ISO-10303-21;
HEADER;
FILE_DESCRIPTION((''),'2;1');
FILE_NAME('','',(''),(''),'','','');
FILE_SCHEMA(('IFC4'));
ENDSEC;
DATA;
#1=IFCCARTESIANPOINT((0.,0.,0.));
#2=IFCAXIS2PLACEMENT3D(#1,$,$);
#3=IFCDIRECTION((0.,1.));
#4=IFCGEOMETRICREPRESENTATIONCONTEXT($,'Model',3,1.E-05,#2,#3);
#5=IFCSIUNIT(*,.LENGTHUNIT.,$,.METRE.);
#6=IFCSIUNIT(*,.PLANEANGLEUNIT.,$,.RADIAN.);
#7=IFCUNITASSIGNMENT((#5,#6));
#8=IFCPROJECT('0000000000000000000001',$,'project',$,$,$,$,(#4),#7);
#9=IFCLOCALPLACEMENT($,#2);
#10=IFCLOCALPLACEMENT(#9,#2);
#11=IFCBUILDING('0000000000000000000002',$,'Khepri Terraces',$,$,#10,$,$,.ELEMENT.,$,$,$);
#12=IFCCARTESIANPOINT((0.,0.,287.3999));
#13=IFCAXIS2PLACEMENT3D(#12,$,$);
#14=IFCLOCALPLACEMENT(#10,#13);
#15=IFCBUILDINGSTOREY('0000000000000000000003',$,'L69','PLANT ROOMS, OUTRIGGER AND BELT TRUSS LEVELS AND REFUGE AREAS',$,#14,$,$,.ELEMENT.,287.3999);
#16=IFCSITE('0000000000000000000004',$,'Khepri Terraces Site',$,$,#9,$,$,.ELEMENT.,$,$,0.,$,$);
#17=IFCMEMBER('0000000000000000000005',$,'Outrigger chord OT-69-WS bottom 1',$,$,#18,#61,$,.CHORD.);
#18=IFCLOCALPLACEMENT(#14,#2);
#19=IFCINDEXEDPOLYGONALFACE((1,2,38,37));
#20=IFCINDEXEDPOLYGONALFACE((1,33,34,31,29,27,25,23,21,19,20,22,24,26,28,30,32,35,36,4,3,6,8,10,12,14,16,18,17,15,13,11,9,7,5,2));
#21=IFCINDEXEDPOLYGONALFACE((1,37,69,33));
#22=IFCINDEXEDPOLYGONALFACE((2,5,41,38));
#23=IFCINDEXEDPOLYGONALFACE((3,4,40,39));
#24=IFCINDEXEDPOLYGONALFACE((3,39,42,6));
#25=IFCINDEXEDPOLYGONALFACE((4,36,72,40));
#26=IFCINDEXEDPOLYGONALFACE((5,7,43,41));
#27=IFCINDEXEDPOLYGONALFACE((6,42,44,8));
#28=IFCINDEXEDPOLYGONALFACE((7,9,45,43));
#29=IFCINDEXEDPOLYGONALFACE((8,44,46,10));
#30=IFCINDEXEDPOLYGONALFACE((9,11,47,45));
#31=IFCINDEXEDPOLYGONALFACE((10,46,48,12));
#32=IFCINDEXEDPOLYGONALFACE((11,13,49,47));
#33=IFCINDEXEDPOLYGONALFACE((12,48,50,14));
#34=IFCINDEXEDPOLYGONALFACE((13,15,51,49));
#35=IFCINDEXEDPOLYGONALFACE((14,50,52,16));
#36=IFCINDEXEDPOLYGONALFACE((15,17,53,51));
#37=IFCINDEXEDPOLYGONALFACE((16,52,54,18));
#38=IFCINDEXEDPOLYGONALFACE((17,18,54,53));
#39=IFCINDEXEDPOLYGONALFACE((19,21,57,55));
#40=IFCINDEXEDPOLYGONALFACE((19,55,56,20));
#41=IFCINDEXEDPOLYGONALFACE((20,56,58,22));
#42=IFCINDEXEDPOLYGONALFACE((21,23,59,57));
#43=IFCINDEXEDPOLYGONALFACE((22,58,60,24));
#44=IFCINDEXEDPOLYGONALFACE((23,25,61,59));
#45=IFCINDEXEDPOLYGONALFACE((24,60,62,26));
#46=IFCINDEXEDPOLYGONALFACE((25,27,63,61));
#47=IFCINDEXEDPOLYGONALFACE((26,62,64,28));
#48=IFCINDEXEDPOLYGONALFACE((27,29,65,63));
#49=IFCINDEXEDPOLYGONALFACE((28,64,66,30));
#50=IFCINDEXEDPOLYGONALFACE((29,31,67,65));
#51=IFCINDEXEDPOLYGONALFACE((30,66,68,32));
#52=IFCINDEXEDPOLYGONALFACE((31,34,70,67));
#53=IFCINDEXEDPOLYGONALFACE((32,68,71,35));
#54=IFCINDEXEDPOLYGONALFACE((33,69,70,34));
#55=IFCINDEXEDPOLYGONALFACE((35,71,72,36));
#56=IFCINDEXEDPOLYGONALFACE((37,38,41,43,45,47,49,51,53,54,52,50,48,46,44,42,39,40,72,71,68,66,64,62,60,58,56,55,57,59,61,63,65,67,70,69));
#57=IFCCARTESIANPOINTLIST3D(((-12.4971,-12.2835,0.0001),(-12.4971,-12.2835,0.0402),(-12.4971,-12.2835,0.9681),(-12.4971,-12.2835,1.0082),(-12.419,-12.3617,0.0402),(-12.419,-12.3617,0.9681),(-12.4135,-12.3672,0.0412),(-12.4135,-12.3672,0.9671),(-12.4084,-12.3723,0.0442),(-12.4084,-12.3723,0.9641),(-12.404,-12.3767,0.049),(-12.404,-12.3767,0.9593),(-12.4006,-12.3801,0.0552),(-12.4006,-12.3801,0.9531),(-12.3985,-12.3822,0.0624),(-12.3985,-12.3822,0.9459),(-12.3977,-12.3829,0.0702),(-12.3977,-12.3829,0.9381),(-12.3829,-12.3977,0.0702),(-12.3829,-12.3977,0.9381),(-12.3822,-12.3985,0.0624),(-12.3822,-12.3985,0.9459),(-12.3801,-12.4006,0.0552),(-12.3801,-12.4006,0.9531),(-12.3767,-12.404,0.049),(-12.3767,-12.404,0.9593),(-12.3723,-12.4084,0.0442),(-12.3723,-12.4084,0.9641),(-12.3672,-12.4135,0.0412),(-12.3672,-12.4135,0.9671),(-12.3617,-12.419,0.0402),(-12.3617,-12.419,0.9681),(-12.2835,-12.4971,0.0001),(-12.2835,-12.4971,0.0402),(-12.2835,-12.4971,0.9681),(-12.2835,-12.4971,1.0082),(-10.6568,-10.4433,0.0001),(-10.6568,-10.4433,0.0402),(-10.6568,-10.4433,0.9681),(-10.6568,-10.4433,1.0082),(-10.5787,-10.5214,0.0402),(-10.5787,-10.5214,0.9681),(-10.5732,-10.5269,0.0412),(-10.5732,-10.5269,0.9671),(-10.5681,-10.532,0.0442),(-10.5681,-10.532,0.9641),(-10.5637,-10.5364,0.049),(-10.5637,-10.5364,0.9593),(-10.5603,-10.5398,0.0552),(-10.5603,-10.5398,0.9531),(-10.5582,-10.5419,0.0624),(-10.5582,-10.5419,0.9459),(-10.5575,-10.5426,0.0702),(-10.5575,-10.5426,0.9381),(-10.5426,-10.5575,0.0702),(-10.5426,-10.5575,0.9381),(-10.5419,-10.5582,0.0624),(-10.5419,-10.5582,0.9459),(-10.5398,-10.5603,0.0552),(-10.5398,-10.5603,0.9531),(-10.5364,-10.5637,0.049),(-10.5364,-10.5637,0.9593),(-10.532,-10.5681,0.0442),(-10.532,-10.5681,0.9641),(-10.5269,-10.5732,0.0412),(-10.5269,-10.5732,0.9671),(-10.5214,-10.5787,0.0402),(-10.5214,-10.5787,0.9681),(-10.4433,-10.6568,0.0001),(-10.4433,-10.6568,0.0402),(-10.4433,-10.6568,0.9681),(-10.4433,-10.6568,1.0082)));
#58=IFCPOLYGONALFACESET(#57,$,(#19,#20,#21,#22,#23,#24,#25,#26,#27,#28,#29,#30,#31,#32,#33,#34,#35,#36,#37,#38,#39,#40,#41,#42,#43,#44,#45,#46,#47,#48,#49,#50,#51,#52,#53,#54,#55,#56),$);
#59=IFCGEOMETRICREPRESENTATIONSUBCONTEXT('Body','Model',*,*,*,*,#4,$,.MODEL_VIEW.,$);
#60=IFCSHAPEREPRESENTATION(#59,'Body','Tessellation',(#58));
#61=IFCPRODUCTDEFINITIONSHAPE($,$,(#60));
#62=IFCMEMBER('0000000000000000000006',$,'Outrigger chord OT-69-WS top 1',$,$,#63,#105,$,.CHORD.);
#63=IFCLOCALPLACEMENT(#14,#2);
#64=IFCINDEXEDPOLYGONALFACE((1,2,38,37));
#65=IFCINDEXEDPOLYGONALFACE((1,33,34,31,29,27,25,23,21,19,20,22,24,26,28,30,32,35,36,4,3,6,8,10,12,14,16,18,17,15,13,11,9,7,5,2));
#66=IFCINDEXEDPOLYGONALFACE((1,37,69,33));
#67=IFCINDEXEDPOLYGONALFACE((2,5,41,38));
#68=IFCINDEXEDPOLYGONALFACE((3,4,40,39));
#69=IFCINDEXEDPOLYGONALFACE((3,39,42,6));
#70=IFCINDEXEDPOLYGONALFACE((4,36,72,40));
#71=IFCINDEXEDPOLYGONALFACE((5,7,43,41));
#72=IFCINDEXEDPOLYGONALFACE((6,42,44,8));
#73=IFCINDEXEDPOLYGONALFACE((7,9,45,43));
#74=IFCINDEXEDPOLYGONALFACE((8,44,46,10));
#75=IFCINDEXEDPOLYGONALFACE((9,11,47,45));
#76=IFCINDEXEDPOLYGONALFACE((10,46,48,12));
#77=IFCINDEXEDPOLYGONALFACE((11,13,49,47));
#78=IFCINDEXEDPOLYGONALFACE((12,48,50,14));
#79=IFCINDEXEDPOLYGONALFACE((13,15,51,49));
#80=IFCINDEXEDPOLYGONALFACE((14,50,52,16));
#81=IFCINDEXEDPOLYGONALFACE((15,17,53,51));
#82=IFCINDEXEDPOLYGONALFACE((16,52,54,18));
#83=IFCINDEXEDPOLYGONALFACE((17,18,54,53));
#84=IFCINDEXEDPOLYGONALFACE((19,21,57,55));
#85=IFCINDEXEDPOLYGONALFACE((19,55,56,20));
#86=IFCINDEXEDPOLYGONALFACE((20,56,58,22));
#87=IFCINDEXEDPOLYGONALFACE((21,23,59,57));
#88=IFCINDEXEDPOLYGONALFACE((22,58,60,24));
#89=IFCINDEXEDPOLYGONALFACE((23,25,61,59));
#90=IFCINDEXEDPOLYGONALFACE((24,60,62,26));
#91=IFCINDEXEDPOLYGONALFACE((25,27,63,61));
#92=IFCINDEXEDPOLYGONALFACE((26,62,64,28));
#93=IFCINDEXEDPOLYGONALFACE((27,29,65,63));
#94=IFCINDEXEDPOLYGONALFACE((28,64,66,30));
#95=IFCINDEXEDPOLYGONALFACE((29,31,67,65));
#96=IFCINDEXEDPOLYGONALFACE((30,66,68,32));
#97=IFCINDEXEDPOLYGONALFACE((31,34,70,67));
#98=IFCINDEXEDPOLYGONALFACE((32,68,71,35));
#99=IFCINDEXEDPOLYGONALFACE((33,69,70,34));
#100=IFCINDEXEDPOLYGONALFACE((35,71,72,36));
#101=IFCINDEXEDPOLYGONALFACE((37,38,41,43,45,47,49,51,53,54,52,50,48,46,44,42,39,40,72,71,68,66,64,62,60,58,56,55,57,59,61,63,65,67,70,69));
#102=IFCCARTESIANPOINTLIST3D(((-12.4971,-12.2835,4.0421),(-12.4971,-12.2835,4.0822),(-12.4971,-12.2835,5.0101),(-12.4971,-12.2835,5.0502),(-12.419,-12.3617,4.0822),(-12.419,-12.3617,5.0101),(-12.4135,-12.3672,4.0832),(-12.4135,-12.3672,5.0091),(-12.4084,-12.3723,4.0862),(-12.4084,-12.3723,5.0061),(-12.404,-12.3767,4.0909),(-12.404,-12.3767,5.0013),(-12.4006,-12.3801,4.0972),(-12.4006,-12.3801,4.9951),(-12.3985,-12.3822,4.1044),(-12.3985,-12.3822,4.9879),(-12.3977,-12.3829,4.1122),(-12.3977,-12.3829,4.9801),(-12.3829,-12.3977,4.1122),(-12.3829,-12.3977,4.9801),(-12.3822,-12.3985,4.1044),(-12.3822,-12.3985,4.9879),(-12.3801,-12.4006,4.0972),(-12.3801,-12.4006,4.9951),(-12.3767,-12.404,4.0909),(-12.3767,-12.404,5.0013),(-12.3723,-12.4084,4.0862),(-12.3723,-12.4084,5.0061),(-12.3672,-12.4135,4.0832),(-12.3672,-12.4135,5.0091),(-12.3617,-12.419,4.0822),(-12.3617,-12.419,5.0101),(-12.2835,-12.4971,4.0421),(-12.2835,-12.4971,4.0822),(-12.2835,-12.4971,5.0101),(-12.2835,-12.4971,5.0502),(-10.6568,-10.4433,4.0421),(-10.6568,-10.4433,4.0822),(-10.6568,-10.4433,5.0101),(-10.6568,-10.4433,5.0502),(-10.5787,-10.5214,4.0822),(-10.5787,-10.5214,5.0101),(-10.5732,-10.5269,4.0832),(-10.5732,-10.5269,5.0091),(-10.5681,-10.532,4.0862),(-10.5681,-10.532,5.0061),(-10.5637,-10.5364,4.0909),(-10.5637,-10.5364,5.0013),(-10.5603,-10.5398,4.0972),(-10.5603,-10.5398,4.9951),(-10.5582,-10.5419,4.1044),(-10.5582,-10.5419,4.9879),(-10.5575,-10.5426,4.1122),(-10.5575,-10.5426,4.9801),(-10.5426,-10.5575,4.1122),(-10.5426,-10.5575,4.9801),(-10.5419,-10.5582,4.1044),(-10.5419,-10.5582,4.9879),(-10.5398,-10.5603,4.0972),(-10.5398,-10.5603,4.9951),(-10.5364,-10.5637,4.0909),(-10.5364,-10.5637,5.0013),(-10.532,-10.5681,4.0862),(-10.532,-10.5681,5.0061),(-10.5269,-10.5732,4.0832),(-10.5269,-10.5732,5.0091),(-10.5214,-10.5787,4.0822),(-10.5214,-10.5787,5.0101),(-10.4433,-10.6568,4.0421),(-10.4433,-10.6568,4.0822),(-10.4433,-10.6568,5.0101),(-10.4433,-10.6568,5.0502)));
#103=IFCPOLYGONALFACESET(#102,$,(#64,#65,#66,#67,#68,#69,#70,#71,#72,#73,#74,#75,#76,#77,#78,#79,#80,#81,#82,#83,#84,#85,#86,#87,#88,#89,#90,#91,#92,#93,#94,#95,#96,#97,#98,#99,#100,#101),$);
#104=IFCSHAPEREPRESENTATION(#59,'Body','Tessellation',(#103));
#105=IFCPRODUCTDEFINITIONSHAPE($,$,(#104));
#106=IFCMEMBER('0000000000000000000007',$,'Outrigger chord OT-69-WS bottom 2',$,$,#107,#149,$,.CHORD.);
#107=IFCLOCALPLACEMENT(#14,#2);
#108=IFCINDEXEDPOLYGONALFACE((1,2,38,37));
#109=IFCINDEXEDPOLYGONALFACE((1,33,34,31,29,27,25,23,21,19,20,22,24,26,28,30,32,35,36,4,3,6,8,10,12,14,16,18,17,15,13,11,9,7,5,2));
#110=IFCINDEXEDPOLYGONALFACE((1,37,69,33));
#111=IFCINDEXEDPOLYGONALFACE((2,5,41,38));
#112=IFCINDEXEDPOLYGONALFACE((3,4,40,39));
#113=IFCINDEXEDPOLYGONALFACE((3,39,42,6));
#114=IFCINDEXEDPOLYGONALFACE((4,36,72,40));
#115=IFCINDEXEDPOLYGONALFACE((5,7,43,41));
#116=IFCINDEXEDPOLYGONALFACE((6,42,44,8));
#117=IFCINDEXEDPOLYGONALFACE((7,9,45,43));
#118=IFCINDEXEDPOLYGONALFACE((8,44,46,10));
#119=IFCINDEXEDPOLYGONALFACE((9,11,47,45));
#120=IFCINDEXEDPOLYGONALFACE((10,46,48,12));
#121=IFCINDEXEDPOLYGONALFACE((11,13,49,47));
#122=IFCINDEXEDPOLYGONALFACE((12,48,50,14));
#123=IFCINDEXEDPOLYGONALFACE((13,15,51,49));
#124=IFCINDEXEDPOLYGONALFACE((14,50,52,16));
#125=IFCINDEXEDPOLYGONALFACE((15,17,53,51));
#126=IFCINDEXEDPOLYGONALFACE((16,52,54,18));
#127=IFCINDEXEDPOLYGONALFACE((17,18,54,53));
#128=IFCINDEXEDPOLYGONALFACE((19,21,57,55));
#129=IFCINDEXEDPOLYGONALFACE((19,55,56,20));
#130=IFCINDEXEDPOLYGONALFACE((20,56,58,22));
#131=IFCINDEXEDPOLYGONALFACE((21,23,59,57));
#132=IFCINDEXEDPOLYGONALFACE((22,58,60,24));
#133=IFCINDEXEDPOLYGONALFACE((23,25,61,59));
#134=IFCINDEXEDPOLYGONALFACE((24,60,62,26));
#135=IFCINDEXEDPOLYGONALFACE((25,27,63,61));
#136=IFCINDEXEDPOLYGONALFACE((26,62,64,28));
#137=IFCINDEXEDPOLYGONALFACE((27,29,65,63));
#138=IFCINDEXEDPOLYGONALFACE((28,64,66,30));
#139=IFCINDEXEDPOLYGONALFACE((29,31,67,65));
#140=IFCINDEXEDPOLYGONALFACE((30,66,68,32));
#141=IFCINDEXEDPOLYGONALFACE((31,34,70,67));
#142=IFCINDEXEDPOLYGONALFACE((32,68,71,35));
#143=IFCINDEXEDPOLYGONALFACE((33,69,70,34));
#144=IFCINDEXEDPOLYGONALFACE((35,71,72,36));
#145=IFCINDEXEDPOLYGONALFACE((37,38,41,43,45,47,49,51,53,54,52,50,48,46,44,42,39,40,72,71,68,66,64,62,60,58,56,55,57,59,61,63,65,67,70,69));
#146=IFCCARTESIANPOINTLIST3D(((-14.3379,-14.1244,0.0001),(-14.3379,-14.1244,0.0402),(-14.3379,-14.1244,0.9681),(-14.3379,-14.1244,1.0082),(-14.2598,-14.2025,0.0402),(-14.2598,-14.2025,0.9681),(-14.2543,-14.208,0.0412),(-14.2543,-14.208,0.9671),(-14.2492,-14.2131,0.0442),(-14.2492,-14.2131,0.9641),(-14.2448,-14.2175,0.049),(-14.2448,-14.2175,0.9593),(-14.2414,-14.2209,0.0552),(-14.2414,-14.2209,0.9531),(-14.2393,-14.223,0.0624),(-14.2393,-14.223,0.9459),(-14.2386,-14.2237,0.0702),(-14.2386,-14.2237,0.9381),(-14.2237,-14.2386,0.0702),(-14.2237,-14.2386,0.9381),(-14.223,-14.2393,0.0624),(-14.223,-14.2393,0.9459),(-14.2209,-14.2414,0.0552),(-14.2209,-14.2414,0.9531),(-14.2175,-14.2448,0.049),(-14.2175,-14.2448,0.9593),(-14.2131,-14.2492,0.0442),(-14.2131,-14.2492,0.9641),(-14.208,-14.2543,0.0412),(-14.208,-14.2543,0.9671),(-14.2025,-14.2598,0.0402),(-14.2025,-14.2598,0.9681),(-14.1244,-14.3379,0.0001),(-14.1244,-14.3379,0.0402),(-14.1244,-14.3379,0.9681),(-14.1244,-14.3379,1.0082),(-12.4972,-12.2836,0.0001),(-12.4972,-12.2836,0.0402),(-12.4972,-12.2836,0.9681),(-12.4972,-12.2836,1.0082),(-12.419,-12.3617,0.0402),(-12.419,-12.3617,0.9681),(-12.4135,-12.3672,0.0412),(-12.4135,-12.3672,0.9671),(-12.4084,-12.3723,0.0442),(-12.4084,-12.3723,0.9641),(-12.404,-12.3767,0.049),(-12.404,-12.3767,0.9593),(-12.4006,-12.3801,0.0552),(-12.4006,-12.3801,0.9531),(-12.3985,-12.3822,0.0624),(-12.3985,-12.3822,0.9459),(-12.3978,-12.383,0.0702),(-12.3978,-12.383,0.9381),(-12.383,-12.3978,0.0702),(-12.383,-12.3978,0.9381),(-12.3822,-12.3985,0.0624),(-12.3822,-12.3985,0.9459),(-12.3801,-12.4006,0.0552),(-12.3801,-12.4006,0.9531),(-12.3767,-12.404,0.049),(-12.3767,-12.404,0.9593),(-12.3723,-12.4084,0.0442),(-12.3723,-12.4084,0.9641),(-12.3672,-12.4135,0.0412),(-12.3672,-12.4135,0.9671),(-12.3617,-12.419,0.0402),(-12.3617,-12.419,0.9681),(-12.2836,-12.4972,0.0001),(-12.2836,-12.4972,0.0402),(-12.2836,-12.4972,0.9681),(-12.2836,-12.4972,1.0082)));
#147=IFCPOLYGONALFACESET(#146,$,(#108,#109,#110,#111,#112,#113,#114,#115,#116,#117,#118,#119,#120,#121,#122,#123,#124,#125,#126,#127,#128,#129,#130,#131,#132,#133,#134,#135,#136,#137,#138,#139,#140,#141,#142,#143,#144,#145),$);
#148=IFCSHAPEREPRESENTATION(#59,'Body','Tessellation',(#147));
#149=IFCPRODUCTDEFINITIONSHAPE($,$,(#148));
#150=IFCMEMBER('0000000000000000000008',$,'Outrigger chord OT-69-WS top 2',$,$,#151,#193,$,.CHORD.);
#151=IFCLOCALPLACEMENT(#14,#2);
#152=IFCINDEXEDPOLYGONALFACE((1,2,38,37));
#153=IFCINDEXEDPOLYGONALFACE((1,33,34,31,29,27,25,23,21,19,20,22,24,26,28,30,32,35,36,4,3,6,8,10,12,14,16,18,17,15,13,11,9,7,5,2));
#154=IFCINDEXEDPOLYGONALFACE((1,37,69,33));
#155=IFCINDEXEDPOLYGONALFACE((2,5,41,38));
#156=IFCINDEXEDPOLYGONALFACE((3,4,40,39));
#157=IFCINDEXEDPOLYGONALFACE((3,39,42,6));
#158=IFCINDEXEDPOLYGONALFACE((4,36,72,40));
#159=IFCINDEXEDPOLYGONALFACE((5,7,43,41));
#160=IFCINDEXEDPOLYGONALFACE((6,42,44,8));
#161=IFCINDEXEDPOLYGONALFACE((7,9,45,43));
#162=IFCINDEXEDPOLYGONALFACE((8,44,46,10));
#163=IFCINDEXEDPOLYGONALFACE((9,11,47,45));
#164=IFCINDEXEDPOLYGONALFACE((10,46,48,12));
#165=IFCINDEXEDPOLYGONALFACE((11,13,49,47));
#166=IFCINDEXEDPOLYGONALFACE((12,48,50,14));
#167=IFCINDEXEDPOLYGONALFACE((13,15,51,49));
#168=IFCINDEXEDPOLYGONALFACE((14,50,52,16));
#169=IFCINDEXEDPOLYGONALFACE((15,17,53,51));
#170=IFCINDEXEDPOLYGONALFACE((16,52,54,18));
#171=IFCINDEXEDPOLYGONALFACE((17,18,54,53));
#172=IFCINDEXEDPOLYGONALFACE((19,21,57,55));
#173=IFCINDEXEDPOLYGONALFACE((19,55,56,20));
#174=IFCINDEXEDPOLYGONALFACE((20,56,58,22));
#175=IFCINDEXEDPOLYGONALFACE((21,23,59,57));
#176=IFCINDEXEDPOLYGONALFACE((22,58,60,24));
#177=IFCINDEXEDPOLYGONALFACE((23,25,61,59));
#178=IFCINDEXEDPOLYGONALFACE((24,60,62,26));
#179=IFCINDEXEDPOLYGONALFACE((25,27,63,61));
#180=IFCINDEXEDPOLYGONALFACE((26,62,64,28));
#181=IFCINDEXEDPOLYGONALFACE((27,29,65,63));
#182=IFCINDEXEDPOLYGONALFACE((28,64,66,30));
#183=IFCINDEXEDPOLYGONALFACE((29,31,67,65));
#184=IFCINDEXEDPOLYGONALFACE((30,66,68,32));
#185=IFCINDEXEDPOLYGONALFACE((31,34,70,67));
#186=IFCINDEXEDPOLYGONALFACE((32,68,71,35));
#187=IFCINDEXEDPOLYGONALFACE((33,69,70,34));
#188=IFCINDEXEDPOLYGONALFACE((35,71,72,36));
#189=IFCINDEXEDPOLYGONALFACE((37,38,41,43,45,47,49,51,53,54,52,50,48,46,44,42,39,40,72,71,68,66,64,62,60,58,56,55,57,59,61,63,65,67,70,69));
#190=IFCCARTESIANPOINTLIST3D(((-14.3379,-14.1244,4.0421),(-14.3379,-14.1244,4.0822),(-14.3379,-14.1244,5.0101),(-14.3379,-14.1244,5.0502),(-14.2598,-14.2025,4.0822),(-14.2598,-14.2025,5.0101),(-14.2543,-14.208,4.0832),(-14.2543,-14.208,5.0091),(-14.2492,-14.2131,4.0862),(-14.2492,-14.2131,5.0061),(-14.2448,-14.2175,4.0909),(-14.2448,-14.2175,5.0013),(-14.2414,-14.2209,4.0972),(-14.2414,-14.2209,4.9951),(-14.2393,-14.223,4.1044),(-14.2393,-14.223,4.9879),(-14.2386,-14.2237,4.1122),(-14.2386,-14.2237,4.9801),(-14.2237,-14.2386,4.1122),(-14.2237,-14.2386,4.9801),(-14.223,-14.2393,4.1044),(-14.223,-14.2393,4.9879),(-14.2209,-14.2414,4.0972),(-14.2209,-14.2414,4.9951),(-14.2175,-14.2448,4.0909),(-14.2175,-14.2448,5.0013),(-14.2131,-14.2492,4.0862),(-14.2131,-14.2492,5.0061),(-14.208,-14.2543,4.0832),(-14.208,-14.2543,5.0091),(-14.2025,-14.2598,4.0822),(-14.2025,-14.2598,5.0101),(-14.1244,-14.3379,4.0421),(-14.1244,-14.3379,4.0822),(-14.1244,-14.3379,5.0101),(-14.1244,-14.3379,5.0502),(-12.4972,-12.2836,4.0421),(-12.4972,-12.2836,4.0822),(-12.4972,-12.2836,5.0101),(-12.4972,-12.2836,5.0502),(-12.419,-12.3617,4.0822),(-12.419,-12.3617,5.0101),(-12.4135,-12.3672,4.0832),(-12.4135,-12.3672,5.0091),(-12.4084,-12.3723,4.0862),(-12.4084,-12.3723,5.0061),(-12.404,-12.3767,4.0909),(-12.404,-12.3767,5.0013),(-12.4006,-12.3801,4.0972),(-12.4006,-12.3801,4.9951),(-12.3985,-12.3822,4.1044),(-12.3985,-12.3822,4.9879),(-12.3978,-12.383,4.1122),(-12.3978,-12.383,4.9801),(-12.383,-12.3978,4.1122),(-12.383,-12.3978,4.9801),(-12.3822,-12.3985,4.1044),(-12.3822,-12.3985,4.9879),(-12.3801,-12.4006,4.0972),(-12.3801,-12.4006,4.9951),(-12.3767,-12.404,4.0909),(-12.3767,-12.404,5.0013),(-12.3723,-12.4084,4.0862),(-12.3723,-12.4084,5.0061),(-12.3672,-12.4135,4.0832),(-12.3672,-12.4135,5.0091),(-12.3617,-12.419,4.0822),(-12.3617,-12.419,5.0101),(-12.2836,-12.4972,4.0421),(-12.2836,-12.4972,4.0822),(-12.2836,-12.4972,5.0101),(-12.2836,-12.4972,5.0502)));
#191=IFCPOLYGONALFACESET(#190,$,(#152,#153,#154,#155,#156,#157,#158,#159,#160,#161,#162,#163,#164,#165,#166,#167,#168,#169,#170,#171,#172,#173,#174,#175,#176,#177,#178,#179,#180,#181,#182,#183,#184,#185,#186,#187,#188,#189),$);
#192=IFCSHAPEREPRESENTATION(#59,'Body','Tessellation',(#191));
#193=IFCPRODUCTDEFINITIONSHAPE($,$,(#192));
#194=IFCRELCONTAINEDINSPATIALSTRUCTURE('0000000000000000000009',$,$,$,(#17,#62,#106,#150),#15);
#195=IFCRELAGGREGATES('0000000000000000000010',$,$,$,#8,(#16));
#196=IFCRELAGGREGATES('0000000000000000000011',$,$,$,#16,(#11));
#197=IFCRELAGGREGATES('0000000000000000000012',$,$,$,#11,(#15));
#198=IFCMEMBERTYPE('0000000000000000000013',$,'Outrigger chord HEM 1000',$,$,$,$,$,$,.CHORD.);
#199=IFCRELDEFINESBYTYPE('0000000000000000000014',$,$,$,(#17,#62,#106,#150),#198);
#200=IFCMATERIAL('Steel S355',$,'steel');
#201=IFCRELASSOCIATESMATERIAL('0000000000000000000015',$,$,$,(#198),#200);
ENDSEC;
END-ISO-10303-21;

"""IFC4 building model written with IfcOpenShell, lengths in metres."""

from ifc_helpers import new_model, si_unit, direction, frame, origin, origin_2d, place, context, subcontext, project, spatial, i_section, extrude, material, material_profile, profile_set, type_object, element, save


model = new_model("IFC4")

# Units and contexts
model_context = context("Model", 3, precision=1e-05, world=origin(), true_north=direction((0.0, 1.0)))
body_context = subcontext(model_context, "Body", "Model", "MODEL_VIEW")
ifc_project = project(units=[si_unit("LENGTHUNIT", "METRE"), si_unit("PLANEANGLEUNIT", "RADIAN")], contexts=[model_context])

# Site, building, storey
site_placement = place(None, origin())
site = spatial("IfcSite", under=ifc_project, at=site_placement, Name="Khepri Terraces Site", CompositionType="ELEMENT", RefElevation=0.0)
building_placement = place(site_placement, origin())
building = spatial("IfcBuilding", under=site, at=building_placement, Name="Khepri Terraces", CompositionType="ELEMENT")
storey_placement = place(building_placement, frame((0.0, 0.0, 287.3999)))
storey = spatial("IfcBuildingStorey", under=building, at=storey_placement, Name="L69", Description="PLANT ROOMS, OUTRIGGER AND BELT TRUSS LEVELS AND REFUGE AREAS", CompositionType="ELEMENT", Elevation=287.3999)

# Members
ifc_material_1 = material(Name="Steel S355", Category="steel")
ifc_material_profile_1 = material_profile(ifc_material_1, i_section(OverallWidth=0.302, OverallDepth=1.0081, WebThickness=0.021, FlangeThickness=0.04, FilletRadius=0.03, at=origin_2d()), Name="Steel S355", Category="steel")
ifc_profile_set_1 = profile_set([ifc_material_profile_1], Name="Steel S355")
member_type_1 = type_object("IfcMemberType", Name="Outrigger chord HEM 1000", PredefinedType="CHORD", material=ifc_profile_set_1)
for number, where, z_axis, x_axis, name in (
    (1, (-10.55, -10.55, 0.5042), (-0.707107, -0.707107, 0.0), (0.707107, -0.707107, 0.0), "Outrigger chord OT-69-WS bottom 1"),
    (2, (-10.55, -10.55, 4.5461), (-0.707107, -0.707107, 0.0), (0.707107, -0.707107, 0.0), "Outrigger chord OT-69-WS top 1"),
):
    element("IfcMember", number, at=place(storey_placement, frame(where, z_axis=z_axis, x_axis=x_axis)), inside=storey, type_object=member_type_1, Name=name, PredefinedType="CHORD", context=body_context, shape_type="SweptSolid", body=[
        extrude(i_section(OverallWidth=0.302, OverallDepth=1.0081, WebThickness=0.021, FlangeThickness=0.04, FilletRadius=0.03, at=origin_2d()), origin(), (0.0, 0.0, 1.0), 2.6025),
    ])
for number, where, z_axis, x_axis, name in (
    (3, (-12.3904, -12.3904, 0.5042), (-0.707107, -0.707107, 0.0), (0.707107, -0.707107, 0.0), "Outrigger chord OT-69-WS bottom 2"),
    (4, (-12.3904, -12.3904, 4.5461), (-0.707107, -0.707107, 0.0), (0.707107, -0.707107, 0.0), "Outrigger chord OT-69-WS top 2"),
):
    element("IfcMember", number, at=place(storey_placement, frame(where, z_axis=z_axis, x_axis=x_axis)), inside=storey, type_object=member_type_1, Name=name, PredefinedType="CHORD", context=body_context, shape_type="SweptSolid", body=[
        extrude(i_section(OverallWidth=0.302, OverallDepth=1.0081, WebThickness=0.021, FlangeThickness=0.04, FilletRadius=0.03, at=origin_2d()), origin(), (0.0, 0.0, 1.0), 2.6033),
    ])

save(model, "model.ifc")
